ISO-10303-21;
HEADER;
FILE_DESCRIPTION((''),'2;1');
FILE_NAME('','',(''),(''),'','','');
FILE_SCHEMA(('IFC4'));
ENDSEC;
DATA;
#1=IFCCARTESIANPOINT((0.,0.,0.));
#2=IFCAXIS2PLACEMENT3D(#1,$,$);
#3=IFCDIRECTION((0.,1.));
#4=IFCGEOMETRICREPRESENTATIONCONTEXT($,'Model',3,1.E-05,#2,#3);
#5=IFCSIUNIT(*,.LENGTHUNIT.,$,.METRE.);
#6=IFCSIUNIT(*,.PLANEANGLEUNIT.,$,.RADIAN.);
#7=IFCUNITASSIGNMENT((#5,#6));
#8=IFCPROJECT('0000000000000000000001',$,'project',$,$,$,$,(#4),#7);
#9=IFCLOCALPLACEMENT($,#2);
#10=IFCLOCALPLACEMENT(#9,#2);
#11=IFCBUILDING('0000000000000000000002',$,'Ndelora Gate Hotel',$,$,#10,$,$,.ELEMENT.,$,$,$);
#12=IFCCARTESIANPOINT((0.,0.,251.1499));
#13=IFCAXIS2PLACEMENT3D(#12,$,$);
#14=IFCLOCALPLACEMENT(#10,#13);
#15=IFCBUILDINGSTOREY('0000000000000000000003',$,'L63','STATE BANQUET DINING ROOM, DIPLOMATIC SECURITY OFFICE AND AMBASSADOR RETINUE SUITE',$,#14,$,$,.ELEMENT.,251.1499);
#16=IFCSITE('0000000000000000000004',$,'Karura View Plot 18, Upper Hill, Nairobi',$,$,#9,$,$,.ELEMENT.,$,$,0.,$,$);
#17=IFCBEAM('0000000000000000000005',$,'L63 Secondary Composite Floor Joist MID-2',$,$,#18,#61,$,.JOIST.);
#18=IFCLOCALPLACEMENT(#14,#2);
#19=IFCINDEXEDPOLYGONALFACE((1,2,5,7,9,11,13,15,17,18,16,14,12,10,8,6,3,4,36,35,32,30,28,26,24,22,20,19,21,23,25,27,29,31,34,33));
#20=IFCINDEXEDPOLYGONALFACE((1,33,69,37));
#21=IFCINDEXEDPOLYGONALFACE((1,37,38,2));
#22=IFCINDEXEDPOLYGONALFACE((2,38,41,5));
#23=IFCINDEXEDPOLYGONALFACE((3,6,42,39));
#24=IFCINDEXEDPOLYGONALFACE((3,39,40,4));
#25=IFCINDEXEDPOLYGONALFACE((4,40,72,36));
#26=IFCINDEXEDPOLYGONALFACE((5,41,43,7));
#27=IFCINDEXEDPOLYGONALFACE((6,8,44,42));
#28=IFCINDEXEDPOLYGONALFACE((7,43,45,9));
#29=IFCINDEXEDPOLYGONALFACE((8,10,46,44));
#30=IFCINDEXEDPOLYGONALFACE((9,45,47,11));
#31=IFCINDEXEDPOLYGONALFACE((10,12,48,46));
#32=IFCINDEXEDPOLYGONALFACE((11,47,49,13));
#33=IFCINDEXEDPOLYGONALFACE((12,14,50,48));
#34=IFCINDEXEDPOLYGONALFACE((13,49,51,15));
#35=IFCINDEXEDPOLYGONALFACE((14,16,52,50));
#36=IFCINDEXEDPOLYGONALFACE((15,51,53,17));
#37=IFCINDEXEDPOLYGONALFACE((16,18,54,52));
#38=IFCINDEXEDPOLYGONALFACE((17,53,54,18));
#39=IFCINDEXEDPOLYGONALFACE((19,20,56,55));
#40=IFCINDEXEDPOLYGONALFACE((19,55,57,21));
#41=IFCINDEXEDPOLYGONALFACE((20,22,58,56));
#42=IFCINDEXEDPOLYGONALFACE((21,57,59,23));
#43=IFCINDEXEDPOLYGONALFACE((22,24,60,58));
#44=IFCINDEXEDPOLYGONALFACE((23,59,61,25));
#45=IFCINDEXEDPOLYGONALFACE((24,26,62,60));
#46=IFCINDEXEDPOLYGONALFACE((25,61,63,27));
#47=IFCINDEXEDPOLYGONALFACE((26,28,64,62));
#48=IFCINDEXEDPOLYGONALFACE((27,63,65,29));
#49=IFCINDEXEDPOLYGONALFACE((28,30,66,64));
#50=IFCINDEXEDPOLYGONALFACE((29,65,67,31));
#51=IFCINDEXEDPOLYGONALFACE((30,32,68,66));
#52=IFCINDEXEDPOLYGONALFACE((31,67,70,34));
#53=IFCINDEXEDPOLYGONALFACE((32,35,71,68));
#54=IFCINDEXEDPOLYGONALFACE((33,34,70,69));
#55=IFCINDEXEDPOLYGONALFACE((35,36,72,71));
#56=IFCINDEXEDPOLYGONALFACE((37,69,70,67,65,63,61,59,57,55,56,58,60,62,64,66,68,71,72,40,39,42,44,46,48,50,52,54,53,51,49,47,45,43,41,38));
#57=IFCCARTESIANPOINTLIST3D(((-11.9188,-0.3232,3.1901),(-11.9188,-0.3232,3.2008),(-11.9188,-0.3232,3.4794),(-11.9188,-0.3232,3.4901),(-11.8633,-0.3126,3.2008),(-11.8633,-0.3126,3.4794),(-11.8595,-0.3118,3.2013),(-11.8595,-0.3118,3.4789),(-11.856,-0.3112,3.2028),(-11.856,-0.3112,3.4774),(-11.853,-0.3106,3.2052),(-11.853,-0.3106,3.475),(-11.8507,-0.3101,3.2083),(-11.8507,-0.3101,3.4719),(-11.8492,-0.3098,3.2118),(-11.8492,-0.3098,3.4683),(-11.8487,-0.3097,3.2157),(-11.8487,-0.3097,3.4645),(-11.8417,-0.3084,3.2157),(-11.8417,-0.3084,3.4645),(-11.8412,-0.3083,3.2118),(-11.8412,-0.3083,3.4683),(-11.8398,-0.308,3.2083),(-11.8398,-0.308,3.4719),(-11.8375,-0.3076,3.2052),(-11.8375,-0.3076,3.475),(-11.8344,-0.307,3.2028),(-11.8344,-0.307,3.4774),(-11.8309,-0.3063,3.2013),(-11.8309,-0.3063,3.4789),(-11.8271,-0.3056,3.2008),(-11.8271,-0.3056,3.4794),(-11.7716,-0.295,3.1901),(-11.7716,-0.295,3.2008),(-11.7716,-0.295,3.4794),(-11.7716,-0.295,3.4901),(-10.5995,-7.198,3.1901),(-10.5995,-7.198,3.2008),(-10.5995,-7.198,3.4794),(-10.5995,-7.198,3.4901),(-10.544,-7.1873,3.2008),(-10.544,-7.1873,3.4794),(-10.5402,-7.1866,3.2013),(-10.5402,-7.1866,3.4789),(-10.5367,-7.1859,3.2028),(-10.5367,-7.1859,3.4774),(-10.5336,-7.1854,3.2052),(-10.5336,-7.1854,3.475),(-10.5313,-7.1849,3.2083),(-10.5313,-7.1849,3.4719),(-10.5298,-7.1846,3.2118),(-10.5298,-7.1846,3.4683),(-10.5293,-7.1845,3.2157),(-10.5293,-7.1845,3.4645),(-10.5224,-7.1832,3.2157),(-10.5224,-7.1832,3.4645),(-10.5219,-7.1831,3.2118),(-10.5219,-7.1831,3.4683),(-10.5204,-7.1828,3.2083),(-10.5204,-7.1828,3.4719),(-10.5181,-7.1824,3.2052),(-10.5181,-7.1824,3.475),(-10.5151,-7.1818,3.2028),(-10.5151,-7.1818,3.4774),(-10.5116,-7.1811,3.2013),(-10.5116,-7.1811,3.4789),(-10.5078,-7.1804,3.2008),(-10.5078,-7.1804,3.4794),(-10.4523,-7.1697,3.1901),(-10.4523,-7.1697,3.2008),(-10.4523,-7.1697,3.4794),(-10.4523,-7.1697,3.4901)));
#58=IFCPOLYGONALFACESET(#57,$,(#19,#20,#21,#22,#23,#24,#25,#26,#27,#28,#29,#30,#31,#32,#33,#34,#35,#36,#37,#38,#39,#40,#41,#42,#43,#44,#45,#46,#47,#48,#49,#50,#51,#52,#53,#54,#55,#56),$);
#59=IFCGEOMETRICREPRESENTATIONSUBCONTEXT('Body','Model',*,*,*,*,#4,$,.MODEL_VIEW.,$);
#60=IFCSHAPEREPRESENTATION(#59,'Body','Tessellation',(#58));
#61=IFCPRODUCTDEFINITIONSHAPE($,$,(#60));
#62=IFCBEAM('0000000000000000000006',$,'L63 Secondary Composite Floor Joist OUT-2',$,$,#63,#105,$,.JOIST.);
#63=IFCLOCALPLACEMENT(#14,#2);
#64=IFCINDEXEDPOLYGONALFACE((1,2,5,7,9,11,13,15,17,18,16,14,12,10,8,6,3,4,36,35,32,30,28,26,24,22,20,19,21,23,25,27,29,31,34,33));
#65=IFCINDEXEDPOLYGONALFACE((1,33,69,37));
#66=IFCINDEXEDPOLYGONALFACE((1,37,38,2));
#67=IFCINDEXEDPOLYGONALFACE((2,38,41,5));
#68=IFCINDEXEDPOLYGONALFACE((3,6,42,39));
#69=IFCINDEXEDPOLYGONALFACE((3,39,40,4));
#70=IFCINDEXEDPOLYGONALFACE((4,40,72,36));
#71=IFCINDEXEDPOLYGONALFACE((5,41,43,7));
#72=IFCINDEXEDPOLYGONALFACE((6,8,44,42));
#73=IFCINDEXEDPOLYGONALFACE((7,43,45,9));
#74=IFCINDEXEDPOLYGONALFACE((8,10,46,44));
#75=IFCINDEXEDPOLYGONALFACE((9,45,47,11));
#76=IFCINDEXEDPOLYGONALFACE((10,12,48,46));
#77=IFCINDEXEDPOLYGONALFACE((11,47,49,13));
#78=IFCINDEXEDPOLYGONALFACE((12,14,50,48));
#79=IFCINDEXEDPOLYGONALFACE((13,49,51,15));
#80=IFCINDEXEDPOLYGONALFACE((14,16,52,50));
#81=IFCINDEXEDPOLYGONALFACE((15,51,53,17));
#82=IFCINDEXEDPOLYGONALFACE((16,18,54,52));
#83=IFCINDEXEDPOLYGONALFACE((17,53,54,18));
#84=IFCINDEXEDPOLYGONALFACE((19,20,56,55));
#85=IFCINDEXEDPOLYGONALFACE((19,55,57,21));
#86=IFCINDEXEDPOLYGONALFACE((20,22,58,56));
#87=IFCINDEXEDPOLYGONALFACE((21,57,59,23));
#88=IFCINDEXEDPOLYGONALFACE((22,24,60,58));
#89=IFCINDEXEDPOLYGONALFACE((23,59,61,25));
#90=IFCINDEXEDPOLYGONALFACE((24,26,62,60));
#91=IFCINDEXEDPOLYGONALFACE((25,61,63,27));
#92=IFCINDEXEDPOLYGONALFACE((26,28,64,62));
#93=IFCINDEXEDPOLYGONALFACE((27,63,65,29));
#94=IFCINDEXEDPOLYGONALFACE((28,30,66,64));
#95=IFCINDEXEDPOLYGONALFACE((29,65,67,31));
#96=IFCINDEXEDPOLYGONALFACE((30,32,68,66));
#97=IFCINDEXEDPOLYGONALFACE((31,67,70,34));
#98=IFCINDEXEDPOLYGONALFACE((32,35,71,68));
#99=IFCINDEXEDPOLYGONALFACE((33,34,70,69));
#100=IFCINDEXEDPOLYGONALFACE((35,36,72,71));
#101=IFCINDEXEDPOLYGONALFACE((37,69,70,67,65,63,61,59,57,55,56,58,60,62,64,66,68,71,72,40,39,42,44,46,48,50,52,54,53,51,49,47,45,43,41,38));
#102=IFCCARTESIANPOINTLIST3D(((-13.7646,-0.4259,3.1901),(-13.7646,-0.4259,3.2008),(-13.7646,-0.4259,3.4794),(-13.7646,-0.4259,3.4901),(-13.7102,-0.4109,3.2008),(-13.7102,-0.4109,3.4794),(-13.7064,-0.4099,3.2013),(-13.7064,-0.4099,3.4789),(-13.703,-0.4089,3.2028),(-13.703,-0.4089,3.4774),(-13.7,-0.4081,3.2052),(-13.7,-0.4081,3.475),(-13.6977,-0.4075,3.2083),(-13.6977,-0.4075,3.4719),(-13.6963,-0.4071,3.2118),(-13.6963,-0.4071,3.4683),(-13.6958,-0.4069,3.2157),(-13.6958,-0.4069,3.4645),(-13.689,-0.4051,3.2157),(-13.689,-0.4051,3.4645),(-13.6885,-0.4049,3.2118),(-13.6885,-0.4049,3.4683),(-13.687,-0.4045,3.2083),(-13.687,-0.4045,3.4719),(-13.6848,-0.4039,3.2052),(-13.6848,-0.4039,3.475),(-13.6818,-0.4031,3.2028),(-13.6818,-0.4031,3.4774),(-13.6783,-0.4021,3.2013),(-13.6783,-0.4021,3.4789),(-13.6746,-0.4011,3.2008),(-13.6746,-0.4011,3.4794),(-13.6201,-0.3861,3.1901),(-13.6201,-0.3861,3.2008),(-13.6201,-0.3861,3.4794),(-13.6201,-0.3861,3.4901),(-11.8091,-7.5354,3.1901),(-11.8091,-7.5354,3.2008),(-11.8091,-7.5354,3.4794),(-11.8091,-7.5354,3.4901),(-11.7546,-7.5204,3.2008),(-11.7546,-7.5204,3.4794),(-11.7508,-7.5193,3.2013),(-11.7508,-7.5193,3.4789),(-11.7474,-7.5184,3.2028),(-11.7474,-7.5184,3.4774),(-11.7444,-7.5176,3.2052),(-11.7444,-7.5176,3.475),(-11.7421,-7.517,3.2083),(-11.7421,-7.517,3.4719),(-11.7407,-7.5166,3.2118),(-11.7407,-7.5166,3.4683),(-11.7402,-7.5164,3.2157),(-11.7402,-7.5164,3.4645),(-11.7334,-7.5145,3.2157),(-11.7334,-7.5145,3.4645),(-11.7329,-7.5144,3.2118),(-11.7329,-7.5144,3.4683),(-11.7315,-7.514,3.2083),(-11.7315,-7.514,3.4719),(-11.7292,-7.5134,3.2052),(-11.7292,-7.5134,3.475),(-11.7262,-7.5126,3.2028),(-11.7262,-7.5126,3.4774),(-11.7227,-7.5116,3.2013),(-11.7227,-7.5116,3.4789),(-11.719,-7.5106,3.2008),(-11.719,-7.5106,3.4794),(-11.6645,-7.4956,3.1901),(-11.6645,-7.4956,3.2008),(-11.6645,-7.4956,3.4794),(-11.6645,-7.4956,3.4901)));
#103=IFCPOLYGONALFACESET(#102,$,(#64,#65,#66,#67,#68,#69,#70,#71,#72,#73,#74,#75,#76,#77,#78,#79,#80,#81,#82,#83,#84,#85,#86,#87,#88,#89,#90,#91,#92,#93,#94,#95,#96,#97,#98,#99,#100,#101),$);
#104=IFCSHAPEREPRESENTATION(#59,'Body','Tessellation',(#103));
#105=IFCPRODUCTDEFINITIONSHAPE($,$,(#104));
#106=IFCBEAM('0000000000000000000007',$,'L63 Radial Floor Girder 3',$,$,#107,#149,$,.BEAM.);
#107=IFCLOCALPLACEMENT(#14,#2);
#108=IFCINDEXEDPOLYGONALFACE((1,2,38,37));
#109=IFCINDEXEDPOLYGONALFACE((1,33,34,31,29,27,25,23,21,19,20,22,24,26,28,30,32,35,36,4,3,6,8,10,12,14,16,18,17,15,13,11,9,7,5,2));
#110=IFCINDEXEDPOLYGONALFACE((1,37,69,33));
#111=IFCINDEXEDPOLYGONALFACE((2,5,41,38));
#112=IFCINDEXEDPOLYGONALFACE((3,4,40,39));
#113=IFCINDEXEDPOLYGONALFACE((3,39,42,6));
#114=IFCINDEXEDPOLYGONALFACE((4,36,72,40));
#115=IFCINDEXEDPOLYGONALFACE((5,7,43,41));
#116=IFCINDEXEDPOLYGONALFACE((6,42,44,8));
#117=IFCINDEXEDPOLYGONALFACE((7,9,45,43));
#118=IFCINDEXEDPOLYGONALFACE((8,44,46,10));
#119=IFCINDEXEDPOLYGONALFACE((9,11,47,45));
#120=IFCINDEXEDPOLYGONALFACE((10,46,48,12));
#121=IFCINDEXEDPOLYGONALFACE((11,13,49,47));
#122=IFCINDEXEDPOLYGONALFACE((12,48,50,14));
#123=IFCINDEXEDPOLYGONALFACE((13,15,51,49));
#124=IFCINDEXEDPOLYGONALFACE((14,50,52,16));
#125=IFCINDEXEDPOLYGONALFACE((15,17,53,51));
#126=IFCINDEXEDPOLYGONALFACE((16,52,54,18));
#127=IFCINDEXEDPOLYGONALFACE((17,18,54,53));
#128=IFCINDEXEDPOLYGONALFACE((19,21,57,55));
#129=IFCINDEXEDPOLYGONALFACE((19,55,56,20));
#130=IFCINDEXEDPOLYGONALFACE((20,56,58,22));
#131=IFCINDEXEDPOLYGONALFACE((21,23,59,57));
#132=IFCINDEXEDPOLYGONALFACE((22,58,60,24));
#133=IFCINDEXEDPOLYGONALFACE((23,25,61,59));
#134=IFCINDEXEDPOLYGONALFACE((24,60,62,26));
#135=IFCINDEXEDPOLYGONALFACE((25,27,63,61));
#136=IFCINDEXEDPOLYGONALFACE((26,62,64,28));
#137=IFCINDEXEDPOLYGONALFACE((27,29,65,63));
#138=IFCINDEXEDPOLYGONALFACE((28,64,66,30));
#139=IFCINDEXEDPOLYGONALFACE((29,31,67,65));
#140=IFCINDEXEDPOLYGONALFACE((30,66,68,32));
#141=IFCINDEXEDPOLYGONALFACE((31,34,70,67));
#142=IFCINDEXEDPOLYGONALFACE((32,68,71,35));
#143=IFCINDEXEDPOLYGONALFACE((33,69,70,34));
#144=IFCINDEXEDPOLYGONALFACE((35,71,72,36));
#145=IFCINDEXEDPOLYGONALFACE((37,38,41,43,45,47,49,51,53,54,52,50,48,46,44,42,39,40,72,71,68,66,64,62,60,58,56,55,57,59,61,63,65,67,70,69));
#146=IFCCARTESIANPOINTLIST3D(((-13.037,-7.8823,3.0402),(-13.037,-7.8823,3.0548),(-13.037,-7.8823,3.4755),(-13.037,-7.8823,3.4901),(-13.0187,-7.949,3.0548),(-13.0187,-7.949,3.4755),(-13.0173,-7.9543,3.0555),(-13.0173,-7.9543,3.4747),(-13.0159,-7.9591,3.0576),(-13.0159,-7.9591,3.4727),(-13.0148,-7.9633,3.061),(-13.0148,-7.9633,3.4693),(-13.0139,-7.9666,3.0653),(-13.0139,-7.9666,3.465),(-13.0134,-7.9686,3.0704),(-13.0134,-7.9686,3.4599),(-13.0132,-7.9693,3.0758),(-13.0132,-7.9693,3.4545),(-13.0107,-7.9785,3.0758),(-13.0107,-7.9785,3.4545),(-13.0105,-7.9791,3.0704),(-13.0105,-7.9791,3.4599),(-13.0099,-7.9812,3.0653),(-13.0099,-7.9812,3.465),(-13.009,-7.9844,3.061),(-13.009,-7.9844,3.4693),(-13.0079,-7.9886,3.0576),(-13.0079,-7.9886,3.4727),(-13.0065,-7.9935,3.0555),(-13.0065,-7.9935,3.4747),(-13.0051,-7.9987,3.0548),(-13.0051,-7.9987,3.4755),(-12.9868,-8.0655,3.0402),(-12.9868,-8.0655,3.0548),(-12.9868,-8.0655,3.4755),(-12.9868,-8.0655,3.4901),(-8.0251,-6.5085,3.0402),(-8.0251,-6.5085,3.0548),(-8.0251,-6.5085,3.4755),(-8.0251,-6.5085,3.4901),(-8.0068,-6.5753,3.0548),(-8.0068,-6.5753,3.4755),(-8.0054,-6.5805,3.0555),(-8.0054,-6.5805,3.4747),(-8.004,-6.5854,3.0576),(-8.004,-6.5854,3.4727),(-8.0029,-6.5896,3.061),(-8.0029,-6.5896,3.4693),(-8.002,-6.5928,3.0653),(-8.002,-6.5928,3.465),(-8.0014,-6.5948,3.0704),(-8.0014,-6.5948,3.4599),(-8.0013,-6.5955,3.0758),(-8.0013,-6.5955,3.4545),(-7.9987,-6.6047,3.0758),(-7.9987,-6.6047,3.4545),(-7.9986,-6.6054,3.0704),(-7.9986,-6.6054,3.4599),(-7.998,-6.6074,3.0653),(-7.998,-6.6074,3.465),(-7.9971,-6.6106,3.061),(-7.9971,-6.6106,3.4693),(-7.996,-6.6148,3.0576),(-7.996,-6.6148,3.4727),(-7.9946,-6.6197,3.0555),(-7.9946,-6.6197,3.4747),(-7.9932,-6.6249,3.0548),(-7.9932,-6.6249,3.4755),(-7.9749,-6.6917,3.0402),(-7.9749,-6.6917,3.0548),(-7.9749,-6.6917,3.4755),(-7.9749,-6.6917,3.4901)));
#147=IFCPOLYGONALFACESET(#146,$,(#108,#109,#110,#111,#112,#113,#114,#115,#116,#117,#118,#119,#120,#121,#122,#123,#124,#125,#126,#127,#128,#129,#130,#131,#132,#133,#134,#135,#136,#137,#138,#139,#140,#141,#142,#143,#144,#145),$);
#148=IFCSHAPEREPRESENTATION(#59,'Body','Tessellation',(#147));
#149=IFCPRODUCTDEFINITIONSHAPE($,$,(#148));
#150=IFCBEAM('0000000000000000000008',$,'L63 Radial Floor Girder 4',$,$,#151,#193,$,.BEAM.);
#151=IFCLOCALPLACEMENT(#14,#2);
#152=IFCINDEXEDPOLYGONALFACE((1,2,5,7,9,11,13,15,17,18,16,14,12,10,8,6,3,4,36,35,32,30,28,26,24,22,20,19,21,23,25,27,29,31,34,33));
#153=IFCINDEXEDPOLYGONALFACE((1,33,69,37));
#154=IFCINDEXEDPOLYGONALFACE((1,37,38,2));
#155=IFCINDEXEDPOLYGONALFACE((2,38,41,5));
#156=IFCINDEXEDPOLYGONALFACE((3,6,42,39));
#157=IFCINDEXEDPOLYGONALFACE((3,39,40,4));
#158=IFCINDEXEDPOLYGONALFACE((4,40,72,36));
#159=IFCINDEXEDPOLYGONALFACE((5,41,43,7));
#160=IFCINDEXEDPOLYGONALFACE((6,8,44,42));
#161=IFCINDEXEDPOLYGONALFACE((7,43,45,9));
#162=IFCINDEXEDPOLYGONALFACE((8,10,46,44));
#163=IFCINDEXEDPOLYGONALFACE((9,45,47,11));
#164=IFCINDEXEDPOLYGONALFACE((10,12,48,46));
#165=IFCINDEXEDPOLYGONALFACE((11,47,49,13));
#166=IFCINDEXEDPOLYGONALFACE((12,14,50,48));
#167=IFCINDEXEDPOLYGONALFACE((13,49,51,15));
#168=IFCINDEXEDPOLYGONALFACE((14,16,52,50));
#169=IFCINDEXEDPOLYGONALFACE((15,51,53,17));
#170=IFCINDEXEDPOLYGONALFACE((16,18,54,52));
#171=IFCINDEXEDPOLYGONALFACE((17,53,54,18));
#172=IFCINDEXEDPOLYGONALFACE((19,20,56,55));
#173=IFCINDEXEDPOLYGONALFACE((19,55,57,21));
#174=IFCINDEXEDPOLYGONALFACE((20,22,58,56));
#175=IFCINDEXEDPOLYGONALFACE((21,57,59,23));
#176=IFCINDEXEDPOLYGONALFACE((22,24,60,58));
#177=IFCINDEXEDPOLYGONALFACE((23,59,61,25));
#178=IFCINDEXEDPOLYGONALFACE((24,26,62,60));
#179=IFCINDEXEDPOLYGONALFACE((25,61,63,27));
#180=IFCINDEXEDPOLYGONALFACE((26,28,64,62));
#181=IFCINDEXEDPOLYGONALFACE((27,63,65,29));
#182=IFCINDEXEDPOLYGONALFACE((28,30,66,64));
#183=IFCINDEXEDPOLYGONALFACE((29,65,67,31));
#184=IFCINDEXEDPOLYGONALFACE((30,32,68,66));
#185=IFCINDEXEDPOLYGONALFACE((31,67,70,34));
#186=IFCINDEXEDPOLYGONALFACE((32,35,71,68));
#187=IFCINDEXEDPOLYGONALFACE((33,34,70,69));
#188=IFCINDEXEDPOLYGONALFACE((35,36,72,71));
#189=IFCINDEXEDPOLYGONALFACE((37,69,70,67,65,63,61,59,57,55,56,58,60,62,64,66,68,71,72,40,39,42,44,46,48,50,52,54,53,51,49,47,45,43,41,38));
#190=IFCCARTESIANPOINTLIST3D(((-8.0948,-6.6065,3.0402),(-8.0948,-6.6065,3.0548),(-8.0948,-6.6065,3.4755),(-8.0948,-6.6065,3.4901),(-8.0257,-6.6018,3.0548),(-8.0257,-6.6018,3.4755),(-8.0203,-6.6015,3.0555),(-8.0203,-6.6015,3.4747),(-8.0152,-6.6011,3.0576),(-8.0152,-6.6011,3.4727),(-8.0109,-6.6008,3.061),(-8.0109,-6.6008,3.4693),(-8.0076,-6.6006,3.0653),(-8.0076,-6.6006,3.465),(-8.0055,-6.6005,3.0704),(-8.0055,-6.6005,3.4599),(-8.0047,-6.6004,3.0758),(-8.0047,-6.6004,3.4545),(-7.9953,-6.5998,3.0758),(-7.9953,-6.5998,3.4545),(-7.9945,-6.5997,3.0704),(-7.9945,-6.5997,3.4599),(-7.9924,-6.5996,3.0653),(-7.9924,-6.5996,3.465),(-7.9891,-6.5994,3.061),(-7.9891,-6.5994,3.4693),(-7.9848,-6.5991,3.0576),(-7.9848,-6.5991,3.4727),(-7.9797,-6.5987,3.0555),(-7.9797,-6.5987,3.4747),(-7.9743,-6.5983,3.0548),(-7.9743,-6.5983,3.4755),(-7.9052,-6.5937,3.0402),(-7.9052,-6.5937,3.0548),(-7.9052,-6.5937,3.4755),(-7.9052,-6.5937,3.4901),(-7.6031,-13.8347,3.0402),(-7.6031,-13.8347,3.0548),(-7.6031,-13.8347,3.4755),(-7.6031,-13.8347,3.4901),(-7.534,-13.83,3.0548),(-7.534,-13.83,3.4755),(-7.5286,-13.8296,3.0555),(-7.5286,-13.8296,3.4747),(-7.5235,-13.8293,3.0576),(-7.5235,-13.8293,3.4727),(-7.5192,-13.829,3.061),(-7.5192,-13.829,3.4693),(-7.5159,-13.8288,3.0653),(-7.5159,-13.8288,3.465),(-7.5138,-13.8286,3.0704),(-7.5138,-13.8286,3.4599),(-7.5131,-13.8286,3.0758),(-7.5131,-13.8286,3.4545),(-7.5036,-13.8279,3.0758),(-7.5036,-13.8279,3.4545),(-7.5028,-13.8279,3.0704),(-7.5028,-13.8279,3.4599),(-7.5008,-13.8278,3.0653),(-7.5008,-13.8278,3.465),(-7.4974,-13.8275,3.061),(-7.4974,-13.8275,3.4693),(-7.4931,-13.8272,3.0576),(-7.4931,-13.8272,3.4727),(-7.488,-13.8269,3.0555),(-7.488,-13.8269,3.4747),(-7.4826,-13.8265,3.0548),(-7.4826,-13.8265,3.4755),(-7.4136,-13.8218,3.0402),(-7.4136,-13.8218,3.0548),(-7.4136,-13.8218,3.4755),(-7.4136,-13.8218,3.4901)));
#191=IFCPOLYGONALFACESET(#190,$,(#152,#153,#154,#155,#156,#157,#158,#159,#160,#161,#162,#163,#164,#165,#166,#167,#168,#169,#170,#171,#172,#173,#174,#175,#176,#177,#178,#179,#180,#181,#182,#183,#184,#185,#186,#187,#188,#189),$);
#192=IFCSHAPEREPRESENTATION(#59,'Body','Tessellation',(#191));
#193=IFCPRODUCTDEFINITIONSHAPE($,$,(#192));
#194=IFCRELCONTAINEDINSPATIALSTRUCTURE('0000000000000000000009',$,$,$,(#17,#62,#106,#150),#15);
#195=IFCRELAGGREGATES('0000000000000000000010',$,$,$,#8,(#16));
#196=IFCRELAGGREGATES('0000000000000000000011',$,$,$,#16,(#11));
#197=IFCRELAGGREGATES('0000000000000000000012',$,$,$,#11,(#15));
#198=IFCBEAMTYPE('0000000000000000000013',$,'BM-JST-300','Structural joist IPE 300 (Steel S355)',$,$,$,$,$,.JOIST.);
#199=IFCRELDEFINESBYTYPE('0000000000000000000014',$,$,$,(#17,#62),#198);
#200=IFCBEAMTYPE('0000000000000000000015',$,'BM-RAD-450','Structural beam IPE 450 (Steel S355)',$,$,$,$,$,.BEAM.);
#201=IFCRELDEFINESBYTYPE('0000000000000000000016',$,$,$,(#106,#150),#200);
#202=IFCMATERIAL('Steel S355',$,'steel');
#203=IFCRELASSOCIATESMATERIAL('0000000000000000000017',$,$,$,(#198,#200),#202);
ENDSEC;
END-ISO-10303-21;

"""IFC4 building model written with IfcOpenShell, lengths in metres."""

from ifc_helpers import new_model, si_unit, direction, frame, origin, origin_2d, place, context, subcontext, project, spatial, i_section, extrude, material, material_profile, profile_set, type_object, element, save


model = new_model("IFC4")

# Units and contexts
model_context = context("Model", 3, precision=1e-05, world=origin(), true_north=direction((0.0, 1.0)))
body_context = subcontext(model_context, "Body", "Model", "MODEL_VIEW")
ifc_project = project(units=[si_unit("LENGTHUNIT", "METRE"), si_unit("PLANEANGLEUNIT", "RADIAN")], contexts=[model_context])

# Site, building, storey
site_placement = place(None, origin())
site = spatial("IfcSite", under=ifc_project, at=site_placement, Name="Karura View Plot 18, Upper Hill, Nairobi", CompositionType="ELEMENT", RefElevation=0.0)
building_placement = place(site_placement, origin())
building = spatial("IfcBuilding", under=site, at=building_placement, Name="Ndelora Gate Hotel", CompositionType="ELEMENT")
storey_placement = place(building_placement, frame((0.0, 0.0, 251.1499)))
storey = spatial("IfcBuildingStorey", under=building, at=storey_placement, Name="L63", Description="STATE BANQUET DINING ROOM, DIPLOMATIC SECURITY OFFICE AND AMBASSADOR RETINUE SUITE", CompositionType="ELEMENT", Elevation=251.1499)

# Beams
ifc_material_1 = material(Name="Steel S355", Category="steel")
ifc_material_profile_1 = material_profile(ifc_material_1, i_section(OverallWidth=0.1499, OverallDepth=0.3, WebThickness=0.0071, FlangeThickness=0.0107, FilletRadius=0.0149, at=origin_2d()), Name="IPE 300")
ifc_profile_set_1 = profile_set([ifc_material_profile_1], Name="Steel S355")
beam_type_1 = type_object("IfcBeamType", Name="BM-JST-300", Description="Structural joist IPE 300 (Steel S355)", PredefinedType="JOIST", material=ifc_profile_set_1)
beam_1_placement = place(storey_placement, frame((-11.8452, -0.3091, 3.3401), z_axis=(0.188471, -0.982079, 0.0), x_axis=(0.982079, 0.188471, 0.0)))
element("IfcBeam", 1, at=beam_1_placement, inside=storey, type_object=beam_type_1, Name="L63 Secondary Composite Floor Joist MID-2", PredefinedType="JOIST", context=body_context, shape_type="SweptSolid", body=[
    extrude(i_section(OverallWidth=0.1499, OverallDepth=0.3, WebThickness=0.0071, FlangeThickness=0.0107, FilletRadius=0.0149, at=origin_2d()), origin(), (0.0, 0.0, 1.0), 7.0002),
])
beam_2_placement = place(storey_placement, frame((-13.6924, -0.406, 3.3401), z_axis=(0.265218, -0.964188, 0.0), x_axis=(0.964188, 0.265218, 0.0)))
element("IfcBeam", 2, at=beam_2_placement, inside=storey, type_object=beam_type_1, Name="L63 Secondary Composite Floor Joist OUT-2", PredefinedType="JOIST", context=body_context, shape_type="SweptSolid", body=[
    extrude(i_section(OverallWidth=0.1499, OverallDepth=0.3, WebThickness=0.0071, FlangeThickness=0.0107, FilletRadius=0.0149, at=origin_2d()), origin(), (0.0, 0.0, 1.0), 7.3735),
])
ifc_material_profile_2 = material_profile(ifc_material_1, i_section(OverallWidth=0.1899, OverallDepth=0.45, WebThickness=0.0095, FlangeThickness=0.0146, FilletRadius=0.021, at=origin_2d()), Name="IPE 450")
ifc_profile_set_2 = profile_set([ifc_material_profile_2], Name="Steel S355")
beam_type_2 = type_object("IfcBeamType", Name="BM-RAD-450", Description="Structural beam IPE 450 (Steel S355)", PredefinedType="BEAM", material=ifc_profile_set_2)
beam_3_placement = place(storey_placement, frame((-8.0, -6.6001, 3.2651), z_axis=(-0.964427, -0.264349, 0.0), x_axis=(0.264349, -0.964427, 0.0)))
element("IfcBeam", 3, at=beam_3_placement, inside=storey, type_object=beam_type_2, Name="L63 Radial Floor Girder 3", PredefinedType="BEAM", context=body_context, shape_type="SweptSolid", body=[
    extrude(i_section(OverallWidth=0.1899, OverallDepth=0.45, WebThickness=0.0095, FlangeThickness=0.0146, FilletRadius=0.021, at=origin_2d()), origin(), (0.0, 0.0, 1.0), 5.1968),
])
beam_4_placement = place(storey_placement, frame((-8.0, -6.6001, 3.2651), z_axis=(0.067868, -0.997694, 0.0), x_axis=(0.997694, 0.067868, 0.0)))
element("IfcBeam", 4, at=beam_4_placement, inside=storey, type_object=beam_type_2, Name="L63 Radial Floor Girder 4", PredefinedType="BEAM", context=body_context, shape_type="SweptSolid", body=[
    extrude(i_section(OverallWidth=0.1899, OverallDepth=0.45, WebThickness=0.0095, FlangeThickness=0.0146, FilletRadius=0.021, at=origin_2d()), origin(), (0.0, 0.0, 1.0), 7.2449),
])

save(model, "model.ifc")
